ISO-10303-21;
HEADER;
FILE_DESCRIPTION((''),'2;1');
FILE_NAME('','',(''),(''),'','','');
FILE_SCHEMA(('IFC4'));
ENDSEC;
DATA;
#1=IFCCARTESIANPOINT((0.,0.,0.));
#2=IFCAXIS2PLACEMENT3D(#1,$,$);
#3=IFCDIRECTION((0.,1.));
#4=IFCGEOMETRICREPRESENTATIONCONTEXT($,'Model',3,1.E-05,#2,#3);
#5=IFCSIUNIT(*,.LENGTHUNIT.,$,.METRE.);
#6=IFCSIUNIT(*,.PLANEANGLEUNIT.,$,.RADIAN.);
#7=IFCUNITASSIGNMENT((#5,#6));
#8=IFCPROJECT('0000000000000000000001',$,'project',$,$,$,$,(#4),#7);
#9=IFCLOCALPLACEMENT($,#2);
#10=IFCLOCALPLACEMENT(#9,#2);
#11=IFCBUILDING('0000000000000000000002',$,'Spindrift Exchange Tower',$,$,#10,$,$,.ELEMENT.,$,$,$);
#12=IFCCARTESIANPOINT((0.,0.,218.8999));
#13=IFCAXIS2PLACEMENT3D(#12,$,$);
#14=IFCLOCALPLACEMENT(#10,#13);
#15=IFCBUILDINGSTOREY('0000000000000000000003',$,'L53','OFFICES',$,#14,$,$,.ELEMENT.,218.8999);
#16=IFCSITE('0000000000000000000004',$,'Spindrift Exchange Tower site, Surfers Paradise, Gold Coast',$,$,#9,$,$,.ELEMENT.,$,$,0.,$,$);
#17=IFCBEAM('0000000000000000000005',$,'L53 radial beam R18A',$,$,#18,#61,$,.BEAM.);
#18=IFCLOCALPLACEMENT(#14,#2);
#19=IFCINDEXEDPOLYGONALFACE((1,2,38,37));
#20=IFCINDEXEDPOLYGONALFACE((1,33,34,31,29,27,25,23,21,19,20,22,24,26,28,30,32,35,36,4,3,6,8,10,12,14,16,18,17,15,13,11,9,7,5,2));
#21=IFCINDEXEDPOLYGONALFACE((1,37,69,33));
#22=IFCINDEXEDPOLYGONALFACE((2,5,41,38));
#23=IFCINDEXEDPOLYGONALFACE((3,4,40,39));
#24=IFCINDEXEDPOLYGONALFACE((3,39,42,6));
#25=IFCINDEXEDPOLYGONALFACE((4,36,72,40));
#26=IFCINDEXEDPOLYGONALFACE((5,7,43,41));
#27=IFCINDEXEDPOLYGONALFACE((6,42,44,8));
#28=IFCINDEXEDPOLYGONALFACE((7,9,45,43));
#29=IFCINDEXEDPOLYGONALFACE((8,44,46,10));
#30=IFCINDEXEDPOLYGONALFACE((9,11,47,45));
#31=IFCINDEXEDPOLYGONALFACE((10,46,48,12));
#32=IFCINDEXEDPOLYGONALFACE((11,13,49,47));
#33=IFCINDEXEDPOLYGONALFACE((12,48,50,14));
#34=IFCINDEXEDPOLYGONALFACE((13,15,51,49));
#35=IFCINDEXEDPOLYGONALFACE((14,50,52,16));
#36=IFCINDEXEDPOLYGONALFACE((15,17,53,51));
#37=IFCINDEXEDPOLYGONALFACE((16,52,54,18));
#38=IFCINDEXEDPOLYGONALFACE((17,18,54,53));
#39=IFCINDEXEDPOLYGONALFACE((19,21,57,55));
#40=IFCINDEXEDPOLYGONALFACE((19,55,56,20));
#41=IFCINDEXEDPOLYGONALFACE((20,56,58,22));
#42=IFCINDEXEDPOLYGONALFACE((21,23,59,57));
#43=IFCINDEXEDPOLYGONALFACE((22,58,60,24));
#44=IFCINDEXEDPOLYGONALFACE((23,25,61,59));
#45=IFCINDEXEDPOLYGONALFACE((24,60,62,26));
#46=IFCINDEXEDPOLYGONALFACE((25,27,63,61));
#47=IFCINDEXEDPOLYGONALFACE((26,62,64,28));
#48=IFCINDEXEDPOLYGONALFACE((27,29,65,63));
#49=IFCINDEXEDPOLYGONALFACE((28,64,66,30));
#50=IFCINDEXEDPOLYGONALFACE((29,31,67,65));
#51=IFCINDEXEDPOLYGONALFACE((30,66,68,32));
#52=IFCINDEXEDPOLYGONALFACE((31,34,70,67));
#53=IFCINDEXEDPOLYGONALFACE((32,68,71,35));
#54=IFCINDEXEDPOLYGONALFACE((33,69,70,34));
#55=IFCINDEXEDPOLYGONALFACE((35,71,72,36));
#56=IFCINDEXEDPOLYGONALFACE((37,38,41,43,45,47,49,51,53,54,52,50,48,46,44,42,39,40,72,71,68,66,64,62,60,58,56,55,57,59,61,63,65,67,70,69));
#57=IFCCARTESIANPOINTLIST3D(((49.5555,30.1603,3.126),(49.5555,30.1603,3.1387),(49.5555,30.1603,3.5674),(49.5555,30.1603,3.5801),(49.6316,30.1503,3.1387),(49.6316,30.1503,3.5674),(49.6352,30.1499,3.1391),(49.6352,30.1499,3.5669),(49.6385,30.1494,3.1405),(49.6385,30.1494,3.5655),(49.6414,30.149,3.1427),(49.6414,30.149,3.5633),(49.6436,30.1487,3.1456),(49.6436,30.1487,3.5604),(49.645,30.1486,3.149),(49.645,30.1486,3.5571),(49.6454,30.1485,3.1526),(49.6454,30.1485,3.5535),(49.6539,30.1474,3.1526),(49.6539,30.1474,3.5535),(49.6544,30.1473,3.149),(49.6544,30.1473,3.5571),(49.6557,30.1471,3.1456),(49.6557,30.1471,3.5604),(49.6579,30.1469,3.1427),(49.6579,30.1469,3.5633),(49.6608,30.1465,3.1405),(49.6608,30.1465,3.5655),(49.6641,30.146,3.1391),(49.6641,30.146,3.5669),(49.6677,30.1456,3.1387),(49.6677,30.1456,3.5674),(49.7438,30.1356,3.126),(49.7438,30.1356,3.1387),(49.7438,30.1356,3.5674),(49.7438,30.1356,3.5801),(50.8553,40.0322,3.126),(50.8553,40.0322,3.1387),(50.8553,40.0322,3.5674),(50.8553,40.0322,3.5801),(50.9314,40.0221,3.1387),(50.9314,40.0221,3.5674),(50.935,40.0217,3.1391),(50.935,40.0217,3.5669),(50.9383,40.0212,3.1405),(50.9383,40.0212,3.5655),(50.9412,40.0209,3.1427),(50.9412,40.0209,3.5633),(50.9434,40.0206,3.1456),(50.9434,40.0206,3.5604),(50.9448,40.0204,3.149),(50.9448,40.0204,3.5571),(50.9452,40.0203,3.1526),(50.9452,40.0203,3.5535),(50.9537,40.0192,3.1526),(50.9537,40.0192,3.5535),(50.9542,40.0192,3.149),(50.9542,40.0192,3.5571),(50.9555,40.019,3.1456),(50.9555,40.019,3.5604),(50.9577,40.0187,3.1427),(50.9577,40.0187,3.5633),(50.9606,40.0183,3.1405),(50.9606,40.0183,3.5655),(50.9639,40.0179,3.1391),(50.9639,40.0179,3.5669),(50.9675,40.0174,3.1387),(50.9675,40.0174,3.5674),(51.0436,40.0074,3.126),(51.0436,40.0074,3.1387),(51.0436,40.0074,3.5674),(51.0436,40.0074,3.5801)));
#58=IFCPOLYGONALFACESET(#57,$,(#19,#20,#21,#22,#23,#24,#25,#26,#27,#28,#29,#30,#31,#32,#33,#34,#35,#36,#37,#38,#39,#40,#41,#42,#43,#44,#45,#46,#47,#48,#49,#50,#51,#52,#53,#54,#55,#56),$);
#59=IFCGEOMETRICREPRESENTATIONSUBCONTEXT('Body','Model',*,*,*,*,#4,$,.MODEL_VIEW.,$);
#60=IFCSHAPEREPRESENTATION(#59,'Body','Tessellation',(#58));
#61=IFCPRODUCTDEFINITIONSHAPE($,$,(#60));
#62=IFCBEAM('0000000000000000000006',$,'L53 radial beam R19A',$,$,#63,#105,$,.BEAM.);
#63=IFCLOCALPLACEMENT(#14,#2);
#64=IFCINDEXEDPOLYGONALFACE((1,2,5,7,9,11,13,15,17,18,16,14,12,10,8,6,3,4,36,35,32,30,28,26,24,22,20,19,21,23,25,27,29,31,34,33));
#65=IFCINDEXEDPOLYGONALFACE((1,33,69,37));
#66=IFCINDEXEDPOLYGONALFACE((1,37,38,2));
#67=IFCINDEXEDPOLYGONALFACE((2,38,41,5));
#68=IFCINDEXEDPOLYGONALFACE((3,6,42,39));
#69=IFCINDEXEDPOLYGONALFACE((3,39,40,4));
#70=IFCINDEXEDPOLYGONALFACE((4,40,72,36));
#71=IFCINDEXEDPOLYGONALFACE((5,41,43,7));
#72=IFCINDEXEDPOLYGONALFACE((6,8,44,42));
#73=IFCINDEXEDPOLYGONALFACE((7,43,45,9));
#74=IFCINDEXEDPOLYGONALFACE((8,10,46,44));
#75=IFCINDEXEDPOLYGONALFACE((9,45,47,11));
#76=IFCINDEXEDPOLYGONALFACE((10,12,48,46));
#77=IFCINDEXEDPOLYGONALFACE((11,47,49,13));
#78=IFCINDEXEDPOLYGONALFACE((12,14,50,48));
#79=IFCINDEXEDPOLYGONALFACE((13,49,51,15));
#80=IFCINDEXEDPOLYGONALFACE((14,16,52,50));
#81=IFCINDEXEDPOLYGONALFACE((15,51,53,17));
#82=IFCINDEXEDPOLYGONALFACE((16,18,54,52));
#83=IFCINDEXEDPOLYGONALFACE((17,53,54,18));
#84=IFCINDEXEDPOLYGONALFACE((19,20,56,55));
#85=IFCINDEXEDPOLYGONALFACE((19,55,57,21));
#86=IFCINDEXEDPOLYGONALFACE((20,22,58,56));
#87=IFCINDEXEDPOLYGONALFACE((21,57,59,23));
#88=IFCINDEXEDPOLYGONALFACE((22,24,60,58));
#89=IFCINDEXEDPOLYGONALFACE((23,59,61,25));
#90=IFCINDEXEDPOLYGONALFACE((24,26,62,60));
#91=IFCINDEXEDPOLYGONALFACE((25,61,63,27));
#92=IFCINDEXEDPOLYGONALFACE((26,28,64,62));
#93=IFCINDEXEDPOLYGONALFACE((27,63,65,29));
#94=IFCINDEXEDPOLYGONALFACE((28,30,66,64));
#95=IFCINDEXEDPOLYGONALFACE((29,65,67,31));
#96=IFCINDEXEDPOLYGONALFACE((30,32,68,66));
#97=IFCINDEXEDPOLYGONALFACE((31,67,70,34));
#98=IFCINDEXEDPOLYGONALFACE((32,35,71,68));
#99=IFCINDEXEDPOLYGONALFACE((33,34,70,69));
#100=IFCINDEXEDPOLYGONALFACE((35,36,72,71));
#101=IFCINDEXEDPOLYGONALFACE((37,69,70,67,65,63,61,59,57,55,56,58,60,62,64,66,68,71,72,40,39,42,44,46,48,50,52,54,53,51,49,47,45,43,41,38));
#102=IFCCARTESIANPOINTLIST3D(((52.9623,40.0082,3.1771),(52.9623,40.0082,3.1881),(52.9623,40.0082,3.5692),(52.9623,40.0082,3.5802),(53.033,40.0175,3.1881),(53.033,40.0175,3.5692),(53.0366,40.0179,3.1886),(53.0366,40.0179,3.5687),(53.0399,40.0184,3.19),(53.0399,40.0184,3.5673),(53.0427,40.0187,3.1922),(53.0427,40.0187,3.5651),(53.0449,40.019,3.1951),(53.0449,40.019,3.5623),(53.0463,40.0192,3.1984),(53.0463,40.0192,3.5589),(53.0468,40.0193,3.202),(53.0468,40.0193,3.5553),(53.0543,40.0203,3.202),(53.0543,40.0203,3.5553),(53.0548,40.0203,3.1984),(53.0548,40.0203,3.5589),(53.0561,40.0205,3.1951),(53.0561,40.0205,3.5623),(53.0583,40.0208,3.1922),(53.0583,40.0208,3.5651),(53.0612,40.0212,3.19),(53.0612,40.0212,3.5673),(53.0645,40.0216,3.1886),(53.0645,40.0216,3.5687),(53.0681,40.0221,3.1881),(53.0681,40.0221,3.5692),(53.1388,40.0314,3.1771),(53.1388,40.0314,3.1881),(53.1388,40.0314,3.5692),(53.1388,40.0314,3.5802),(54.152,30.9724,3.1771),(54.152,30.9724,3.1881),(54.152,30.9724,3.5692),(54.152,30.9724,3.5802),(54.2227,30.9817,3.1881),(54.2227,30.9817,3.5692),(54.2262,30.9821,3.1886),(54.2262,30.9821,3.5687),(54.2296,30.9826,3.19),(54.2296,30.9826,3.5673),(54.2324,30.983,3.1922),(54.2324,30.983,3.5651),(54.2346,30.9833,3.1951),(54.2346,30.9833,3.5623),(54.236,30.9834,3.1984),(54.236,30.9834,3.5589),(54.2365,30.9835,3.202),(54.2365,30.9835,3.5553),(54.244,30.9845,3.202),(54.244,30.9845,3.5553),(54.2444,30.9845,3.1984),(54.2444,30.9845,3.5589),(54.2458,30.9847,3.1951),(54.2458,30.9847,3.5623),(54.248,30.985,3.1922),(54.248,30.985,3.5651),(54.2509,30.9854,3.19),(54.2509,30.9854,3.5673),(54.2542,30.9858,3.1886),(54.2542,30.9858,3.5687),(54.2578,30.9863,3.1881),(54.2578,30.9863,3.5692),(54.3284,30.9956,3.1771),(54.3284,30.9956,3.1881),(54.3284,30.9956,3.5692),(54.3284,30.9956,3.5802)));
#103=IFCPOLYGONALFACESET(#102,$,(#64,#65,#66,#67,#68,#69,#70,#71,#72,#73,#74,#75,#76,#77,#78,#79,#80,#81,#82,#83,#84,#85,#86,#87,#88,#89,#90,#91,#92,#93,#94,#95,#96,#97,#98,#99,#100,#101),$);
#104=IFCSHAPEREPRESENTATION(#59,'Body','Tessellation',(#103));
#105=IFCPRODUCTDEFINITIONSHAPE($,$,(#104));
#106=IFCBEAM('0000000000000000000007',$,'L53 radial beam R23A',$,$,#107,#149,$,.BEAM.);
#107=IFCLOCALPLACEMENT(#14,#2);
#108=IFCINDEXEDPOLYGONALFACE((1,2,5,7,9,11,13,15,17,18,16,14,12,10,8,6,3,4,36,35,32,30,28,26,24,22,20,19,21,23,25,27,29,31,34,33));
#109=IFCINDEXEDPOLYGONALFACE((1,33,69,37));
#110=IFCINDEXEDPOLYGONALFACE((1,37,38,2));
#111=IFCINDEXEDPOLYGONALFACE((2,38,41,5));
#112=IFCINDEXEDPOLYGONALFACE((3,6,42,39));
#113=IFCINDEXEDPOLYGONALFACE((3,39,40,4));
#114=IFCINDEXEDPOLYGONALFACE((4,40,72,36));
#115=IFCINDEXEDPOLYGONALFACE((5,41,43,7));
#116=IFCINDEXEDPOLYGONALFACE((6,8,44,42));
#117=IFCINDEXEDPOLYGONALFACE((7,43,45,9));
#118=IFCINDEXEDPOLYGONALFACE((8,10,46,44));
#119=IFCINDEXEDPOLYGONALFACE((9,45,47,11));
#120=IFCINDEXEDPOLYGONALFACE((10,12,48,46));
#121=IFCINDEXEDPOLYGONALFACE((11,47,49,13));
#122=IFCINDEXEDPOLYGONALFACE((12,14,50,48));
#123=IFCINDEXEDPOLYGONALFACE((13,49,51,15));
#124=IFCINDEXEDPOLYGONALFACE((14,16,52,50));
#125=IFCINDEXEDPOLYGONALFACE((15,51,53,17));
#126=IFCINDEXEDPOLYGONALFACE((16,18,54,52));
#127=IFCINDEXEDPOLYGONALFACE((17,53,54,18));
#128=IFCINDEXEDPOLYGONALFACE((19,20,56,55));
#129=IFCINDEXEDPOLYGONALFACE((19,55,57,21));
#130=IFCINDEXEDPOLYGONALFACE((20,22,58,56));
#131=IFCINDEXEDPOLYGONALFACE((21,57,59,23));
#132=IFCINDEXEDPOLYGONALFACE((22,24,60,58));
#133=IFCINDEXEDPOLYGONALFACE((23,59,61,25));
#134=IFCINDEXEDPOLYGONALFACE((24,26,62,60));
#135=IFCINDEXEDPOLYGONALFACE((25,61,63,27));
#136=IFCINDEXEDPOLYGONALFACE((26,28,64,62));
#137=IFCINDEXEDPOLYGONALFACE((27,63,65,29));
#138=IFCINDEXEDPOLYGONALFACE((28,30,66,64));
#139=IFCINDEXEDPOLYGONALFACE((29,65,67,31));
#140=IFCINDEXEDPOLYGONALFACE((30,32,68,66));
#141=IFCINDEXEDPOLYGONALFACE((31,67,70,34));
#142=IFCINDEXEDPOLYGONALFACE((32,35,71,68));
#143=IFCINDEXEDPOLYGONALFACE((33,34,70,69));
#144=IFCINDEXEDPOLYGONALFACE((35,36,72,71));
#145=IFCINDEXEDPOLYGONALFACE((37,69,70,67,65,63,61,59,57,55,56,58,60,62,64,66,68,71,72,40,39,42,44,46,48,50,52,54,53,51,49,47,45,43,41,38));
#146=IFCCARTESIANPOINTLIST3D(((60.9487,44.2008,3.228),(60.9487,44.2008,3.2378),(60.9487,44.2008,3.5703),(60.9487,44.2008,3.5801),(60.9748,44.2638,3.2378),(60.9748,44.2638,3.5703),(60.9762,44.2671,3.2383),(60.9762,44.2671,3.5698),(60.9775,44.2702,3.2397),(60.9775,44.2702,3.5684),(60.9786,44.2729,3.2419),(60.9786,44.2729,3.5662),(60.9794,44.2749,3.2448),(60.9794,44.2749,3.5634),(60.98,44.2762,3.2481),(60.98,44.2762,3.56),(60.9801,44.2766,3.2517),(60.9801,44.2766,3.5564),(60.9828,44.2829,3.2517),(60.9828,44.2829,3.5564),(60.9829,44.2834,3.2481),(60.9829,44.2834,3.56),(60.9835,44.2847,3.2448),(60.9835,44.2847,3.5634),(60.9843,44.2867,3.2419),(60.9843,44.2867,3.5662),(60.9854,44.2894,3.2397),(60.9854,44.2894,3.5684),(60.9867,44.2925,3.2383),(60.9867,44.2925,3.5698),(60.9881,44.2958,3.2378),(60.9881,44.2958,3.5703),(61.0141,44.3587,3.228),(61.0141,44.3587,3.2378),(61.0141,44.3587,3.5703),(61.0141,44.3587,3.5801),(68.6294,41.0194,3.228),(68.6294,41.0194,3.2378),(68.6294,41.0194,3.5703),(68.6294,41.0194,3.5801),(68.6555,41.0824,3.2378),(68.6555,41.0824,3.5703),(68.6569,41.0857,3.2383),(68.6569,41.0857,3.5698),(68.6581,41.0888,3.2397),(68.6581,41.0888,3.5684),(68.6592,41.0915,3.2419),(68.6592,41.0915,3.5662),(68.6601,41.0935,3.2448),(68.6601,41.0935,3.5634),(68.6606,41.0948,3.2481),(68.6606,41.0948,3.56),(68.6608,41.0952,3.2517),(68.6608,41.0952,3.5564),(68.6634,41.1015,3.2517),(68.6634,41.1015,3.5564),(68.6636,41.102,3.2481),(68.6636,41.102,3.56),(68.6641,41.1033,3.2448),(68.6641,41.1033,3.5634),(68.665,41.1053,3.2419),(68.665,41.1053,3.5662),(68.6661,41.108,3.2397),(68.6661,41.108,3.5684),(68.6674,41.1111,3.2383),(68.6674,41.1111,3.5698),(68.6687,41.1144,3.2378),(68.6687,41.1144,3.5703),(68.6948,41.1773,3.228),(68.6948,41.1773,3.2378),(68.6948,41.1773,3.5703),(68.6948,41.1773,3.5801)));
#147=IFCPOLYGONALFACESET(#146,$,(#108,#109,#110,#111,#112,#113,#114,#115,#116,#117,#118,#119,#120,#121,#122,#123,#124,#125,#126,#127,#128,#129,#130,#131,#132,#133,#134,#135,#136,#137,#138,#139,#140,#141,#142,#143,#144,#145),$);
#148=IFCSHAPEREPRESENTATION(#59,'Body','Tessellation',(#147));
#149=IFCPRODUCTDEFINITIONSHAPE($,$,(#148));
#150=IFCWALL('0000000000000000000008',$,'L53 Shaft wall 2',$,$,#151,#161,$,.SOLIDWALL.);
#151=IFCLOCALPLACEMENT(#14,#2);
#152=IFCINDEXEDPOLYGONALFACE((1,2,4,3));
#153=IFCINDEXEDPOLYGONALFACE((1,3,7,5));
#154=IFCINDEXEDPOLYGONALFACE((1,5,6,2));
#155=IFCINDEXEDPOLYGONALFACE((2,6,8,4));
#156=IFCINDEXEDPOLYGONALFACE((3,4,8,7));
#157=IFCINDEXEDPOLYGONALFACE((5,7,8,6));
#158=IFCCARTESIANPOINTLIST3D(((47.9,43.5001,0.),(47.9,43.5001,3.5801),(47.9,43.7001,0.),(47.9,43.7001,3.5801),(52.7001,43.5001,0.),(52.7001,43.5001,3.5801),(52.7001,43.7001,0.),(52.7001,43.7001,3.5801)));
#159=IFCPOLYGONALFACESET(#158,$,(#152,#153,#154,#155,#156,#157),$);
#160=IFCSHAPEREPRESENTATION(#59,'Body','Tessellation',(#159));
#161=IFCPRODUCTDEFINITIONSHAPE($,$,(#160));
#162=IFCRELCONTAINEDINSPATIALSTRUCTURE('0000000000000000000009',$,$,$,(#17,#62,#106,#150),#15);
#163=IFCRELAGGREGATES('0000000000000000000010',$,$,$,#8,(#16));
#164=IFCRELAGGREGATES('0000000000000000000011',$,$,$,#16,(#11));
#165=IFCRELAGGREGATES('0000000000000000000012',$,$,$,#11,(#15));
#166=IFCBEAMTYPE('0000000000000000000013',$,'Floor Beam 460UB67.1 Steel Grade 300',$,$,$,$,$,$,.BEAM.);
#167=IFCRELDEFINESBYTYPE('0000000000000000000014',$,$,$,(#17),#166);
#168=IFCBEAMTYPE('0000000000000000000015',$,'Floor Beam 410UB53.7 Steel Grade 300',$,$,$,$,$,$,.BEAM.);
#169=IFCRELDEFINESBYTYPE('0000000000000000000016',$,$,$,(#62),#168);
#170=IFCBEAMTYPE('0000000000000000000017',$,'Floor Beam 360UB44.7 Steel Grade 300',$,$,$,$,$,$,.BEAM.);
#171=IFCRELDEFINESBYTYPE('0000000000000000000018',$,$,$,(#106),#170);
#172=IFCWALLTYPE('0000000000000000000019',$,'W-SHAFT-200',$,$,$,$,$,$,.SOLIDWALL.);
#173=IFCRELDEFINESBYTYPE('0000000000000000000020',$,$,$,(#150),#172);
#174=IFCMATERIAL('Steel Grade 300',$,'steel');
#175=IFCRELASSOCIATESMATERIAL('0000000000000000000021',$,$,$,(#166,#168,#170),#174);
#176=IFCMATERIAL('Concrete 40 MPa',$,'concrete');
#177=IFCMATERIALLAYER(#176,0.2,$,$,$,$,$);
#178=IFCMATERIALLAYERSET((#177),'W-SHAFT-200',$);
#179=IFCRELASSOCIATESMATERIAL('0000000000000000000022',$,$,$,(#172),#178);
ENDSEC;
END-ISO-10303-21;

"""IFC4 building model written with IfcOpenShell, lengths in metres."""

from ifc_helpers import new_model, si_unit, direction, frame, frame_2d, origin, origin_2d, place, context, subcontext, project, spatial, rectangle, i_section, extrude, source, transform, mapped, material, layer, layer_set, material_profile, profile_set, type_object, element, save


model = new_model("IFC4")

# Units and contexts
model_context = context("Model", 3, precision=1e-05, world=origin(), true_north=direction((0.0, 1.0)))
body_context = subcontext(model_context, "Body", "Model", "MODEL_VIEW")
ifc_project = project(units=[si_unit("LENGTHUNIT", "METRE"), si_unit("PLANEANGLEUNIT", "RADIAN")], contexts=[model_context])

# Site, building, storey
site_placement = place(None, origin())
site = spatial("IfcSite", under=ifc_project, at=site_placement, Name="Spindrift Exchange Tower site, Surfers Paradise, Gold Coast", CompositionType="ELEMENT", RefElevation=0.0)
building_placement = place(site_placement, origin())
building = spatial("IfcBuilding", under=site, at=building_placement, Name="Spindrift Exchange Tower", CompositionType="ELEMENT")
storey_placement = place(building_placement, frame((0.0, 0.0, 218.8999)))
storey = spatial("IfcBuildingStorey", under=building, at=storey_placement, Name="L53", Description="OFFICES", CompositionType="ELEMENT", Elevation=218.8999)

# Beams
ifc_material_1 = material(Name="Steel Grade 300", Category="steel")
ifc_material_profile_1 = material_profile(ifc_material_1, i_section(OverallWidth=0.1899, OverallDepth=0.4541, WebThickness=0.0085, FlangeThickness=0.0127, FilletRadius=0.0139, at=origin_2d()), Name="460UB67.1")
ifc_profile_set_1 = profile_set([ifc_material_profile_1], Name="Steel Grade 300")
beam_type_1 = type_object("IfcBeamType", Name="Floor Beam 460UB67.1 Steel Grade 300", PredefinedType="BEAM", material=ifc_profile_set_1)
shared_shape_1 = source(origin(), body_context, "Body", "SweptSolid", [
    extrude(i_section(OverallWidth=0.1899, OverallDepth=0.4541, WebThickness=0.0085, FlangeThickness=0.0127, FilletRadius=0.0139, at=origin_2d()), origin(), (0.0, 0.0, 1.0), 9.957),
])
beam_1_placement = place(storey_placement, frame((50.9495, 40.0198, 3.353), z_axis=(-0.130541, -0.991443, 0.0), x_axis=(0.991443, -0.130541, 0.0)))
element("IfcBeam", 1, at=beam_1_placement, inside=storey, type_object=beam_type_1, Name="L53 radial beam R18A", PredefinedType="BEAM", context=body_context, shape_type="MappedRepresentation", body=[
    mapped(shared_shape_1, transform((0.0, 0.0, 0.0), scale=1.0)),
])
ifc_material_profile_2 = material_profile(ifc_material_1, i_section(OverallWidth=0.178, OverallDepth=0.4031, WebThickness=0.0076, FlangeThickness=0.011, FilletRadius=0.0139, at=origin_2d()), Name="410UB53.7")
ifc_profile_set_2 = profile_set([ifc_material_profile_2], Name="Steel Grade 300")
beam_type_2 = type_object("IfcBeamType", Name="Floor Beam 410UB53.7 Steel Grade 300", PredefinedType="BEAM", material=ifc_profile_set_2)
shared_shape_2 = source(origin(), body_context, "Body", "SweptSolid", [
    extrude(i_section(OverallWidth=0.178, OverallDepth=0.4031, WebThickness=0.0076, FlangeThickness=0.011, FilletRadius=0.0139, at=origin_2d()), origin(), (0.0, 0.0, 1.0), 9.1138),
])
beam_2_placement = place(storey_placement, frame((53.0505, 40.0198, 3.3787), z_axis=(0.130537, -0.991443, 0.0), x_axis=(0.991443, 0.130537, 0.0)))
element("IfcBeam", 2, at=beam_2_placement, inside=storey, type_object=beam_type_2, Name="L53 radial beam R19A", PredefinedType="BEAM", context=body_context, shape_type="MappedRepresentation", body=[
    mapped(shared_shape_2, transform((0.0, 0.0, 0.0), scale=1.0)),
])
ifc_material_profile_3 = material_profile(ifc_material_1, i_section(OverallWidth=0.1709, OverallDepth=0.3521, WebThickness=0.0068, FlangeThickness=0.0098, FilletRadius=0.0139, at=origin_2d()), Name="360UB44.7")
ifc_profile_set_3 = profile_set([ifc_material_profile_3], Name="Steel Grade 300")
beam_type_3 = type_object("IfcBeamType", Name="Floor Beam 360UB44.7 Steel Grade 300", PredefinedType="BEAM", material=ifc_profile_set_3)
shared_shape_3 = source(origin(), body_context, "Body", "SweptSolid", [
    extrude(i_section(OverallWidth=0.1709, OverallDepth=0.3521, WebThickness=0.0068, FlangeThickness=0.0098, FilletRadius=0.0139, at=origin_2d()), origin(), (0.0, 0.0, 1.0), 8.3135),
])
beam_3_placement = place(storey_placement, frame((60.9814, 44.2798, 3.4041), z_axis=(0.923881, -0.382679, 0.0), x_axis=(0.382679, 0.923881, 0.0)))
element("IfcBeam", 3, at=beam_3_placement, inside=storey, type_object=beam_type_3, Name="L53 radial beam R23A", PredefinedType="BEAM", context=body_context, shape_type="MappedRepresentation", body=[
    mapped(shared_shape_3, transform((0.0, 0.0, 0.0), scale=1.0)),
])

# Wall
ifc_material_2 = material(Name="Concrete 40 MPa", Category="concrete")
ifc_layer_1 = layer(ifc_material_2, 0.2)
ifc_layer_set_1 = layer_set([ifc_layer_1], Name="W-SHAFT-200")
wall_type_1 = type_object("IfcWallType", Name="W-SHAFT-200", PredefinedType="SOLIDWALL", material=ifc_layer_set_1)
wall_1_placement = place(storey_placement, frame((52.7, 43.6001, 0.0), z_axis=(0.0, 0.0, 1.0), x_axis=(-1.0, 0.0, 0.0)))
element("IfcWall", 4, at=wall_1_placement, inside=storey, type_object=wall_type_1, Name="L53 Shaft wall 2", PredefinedType="SOLIDWALL", context=body_context, shape_type="SweptSolid", body=[
    extrude(rectangle(XDim=4.8, YDim=0.2, at=frame_2d((2.3999, 0.0))), origin(), (0.0, 0.0, 1.0), 3.5801),
])

save(model, "model.ifc")
